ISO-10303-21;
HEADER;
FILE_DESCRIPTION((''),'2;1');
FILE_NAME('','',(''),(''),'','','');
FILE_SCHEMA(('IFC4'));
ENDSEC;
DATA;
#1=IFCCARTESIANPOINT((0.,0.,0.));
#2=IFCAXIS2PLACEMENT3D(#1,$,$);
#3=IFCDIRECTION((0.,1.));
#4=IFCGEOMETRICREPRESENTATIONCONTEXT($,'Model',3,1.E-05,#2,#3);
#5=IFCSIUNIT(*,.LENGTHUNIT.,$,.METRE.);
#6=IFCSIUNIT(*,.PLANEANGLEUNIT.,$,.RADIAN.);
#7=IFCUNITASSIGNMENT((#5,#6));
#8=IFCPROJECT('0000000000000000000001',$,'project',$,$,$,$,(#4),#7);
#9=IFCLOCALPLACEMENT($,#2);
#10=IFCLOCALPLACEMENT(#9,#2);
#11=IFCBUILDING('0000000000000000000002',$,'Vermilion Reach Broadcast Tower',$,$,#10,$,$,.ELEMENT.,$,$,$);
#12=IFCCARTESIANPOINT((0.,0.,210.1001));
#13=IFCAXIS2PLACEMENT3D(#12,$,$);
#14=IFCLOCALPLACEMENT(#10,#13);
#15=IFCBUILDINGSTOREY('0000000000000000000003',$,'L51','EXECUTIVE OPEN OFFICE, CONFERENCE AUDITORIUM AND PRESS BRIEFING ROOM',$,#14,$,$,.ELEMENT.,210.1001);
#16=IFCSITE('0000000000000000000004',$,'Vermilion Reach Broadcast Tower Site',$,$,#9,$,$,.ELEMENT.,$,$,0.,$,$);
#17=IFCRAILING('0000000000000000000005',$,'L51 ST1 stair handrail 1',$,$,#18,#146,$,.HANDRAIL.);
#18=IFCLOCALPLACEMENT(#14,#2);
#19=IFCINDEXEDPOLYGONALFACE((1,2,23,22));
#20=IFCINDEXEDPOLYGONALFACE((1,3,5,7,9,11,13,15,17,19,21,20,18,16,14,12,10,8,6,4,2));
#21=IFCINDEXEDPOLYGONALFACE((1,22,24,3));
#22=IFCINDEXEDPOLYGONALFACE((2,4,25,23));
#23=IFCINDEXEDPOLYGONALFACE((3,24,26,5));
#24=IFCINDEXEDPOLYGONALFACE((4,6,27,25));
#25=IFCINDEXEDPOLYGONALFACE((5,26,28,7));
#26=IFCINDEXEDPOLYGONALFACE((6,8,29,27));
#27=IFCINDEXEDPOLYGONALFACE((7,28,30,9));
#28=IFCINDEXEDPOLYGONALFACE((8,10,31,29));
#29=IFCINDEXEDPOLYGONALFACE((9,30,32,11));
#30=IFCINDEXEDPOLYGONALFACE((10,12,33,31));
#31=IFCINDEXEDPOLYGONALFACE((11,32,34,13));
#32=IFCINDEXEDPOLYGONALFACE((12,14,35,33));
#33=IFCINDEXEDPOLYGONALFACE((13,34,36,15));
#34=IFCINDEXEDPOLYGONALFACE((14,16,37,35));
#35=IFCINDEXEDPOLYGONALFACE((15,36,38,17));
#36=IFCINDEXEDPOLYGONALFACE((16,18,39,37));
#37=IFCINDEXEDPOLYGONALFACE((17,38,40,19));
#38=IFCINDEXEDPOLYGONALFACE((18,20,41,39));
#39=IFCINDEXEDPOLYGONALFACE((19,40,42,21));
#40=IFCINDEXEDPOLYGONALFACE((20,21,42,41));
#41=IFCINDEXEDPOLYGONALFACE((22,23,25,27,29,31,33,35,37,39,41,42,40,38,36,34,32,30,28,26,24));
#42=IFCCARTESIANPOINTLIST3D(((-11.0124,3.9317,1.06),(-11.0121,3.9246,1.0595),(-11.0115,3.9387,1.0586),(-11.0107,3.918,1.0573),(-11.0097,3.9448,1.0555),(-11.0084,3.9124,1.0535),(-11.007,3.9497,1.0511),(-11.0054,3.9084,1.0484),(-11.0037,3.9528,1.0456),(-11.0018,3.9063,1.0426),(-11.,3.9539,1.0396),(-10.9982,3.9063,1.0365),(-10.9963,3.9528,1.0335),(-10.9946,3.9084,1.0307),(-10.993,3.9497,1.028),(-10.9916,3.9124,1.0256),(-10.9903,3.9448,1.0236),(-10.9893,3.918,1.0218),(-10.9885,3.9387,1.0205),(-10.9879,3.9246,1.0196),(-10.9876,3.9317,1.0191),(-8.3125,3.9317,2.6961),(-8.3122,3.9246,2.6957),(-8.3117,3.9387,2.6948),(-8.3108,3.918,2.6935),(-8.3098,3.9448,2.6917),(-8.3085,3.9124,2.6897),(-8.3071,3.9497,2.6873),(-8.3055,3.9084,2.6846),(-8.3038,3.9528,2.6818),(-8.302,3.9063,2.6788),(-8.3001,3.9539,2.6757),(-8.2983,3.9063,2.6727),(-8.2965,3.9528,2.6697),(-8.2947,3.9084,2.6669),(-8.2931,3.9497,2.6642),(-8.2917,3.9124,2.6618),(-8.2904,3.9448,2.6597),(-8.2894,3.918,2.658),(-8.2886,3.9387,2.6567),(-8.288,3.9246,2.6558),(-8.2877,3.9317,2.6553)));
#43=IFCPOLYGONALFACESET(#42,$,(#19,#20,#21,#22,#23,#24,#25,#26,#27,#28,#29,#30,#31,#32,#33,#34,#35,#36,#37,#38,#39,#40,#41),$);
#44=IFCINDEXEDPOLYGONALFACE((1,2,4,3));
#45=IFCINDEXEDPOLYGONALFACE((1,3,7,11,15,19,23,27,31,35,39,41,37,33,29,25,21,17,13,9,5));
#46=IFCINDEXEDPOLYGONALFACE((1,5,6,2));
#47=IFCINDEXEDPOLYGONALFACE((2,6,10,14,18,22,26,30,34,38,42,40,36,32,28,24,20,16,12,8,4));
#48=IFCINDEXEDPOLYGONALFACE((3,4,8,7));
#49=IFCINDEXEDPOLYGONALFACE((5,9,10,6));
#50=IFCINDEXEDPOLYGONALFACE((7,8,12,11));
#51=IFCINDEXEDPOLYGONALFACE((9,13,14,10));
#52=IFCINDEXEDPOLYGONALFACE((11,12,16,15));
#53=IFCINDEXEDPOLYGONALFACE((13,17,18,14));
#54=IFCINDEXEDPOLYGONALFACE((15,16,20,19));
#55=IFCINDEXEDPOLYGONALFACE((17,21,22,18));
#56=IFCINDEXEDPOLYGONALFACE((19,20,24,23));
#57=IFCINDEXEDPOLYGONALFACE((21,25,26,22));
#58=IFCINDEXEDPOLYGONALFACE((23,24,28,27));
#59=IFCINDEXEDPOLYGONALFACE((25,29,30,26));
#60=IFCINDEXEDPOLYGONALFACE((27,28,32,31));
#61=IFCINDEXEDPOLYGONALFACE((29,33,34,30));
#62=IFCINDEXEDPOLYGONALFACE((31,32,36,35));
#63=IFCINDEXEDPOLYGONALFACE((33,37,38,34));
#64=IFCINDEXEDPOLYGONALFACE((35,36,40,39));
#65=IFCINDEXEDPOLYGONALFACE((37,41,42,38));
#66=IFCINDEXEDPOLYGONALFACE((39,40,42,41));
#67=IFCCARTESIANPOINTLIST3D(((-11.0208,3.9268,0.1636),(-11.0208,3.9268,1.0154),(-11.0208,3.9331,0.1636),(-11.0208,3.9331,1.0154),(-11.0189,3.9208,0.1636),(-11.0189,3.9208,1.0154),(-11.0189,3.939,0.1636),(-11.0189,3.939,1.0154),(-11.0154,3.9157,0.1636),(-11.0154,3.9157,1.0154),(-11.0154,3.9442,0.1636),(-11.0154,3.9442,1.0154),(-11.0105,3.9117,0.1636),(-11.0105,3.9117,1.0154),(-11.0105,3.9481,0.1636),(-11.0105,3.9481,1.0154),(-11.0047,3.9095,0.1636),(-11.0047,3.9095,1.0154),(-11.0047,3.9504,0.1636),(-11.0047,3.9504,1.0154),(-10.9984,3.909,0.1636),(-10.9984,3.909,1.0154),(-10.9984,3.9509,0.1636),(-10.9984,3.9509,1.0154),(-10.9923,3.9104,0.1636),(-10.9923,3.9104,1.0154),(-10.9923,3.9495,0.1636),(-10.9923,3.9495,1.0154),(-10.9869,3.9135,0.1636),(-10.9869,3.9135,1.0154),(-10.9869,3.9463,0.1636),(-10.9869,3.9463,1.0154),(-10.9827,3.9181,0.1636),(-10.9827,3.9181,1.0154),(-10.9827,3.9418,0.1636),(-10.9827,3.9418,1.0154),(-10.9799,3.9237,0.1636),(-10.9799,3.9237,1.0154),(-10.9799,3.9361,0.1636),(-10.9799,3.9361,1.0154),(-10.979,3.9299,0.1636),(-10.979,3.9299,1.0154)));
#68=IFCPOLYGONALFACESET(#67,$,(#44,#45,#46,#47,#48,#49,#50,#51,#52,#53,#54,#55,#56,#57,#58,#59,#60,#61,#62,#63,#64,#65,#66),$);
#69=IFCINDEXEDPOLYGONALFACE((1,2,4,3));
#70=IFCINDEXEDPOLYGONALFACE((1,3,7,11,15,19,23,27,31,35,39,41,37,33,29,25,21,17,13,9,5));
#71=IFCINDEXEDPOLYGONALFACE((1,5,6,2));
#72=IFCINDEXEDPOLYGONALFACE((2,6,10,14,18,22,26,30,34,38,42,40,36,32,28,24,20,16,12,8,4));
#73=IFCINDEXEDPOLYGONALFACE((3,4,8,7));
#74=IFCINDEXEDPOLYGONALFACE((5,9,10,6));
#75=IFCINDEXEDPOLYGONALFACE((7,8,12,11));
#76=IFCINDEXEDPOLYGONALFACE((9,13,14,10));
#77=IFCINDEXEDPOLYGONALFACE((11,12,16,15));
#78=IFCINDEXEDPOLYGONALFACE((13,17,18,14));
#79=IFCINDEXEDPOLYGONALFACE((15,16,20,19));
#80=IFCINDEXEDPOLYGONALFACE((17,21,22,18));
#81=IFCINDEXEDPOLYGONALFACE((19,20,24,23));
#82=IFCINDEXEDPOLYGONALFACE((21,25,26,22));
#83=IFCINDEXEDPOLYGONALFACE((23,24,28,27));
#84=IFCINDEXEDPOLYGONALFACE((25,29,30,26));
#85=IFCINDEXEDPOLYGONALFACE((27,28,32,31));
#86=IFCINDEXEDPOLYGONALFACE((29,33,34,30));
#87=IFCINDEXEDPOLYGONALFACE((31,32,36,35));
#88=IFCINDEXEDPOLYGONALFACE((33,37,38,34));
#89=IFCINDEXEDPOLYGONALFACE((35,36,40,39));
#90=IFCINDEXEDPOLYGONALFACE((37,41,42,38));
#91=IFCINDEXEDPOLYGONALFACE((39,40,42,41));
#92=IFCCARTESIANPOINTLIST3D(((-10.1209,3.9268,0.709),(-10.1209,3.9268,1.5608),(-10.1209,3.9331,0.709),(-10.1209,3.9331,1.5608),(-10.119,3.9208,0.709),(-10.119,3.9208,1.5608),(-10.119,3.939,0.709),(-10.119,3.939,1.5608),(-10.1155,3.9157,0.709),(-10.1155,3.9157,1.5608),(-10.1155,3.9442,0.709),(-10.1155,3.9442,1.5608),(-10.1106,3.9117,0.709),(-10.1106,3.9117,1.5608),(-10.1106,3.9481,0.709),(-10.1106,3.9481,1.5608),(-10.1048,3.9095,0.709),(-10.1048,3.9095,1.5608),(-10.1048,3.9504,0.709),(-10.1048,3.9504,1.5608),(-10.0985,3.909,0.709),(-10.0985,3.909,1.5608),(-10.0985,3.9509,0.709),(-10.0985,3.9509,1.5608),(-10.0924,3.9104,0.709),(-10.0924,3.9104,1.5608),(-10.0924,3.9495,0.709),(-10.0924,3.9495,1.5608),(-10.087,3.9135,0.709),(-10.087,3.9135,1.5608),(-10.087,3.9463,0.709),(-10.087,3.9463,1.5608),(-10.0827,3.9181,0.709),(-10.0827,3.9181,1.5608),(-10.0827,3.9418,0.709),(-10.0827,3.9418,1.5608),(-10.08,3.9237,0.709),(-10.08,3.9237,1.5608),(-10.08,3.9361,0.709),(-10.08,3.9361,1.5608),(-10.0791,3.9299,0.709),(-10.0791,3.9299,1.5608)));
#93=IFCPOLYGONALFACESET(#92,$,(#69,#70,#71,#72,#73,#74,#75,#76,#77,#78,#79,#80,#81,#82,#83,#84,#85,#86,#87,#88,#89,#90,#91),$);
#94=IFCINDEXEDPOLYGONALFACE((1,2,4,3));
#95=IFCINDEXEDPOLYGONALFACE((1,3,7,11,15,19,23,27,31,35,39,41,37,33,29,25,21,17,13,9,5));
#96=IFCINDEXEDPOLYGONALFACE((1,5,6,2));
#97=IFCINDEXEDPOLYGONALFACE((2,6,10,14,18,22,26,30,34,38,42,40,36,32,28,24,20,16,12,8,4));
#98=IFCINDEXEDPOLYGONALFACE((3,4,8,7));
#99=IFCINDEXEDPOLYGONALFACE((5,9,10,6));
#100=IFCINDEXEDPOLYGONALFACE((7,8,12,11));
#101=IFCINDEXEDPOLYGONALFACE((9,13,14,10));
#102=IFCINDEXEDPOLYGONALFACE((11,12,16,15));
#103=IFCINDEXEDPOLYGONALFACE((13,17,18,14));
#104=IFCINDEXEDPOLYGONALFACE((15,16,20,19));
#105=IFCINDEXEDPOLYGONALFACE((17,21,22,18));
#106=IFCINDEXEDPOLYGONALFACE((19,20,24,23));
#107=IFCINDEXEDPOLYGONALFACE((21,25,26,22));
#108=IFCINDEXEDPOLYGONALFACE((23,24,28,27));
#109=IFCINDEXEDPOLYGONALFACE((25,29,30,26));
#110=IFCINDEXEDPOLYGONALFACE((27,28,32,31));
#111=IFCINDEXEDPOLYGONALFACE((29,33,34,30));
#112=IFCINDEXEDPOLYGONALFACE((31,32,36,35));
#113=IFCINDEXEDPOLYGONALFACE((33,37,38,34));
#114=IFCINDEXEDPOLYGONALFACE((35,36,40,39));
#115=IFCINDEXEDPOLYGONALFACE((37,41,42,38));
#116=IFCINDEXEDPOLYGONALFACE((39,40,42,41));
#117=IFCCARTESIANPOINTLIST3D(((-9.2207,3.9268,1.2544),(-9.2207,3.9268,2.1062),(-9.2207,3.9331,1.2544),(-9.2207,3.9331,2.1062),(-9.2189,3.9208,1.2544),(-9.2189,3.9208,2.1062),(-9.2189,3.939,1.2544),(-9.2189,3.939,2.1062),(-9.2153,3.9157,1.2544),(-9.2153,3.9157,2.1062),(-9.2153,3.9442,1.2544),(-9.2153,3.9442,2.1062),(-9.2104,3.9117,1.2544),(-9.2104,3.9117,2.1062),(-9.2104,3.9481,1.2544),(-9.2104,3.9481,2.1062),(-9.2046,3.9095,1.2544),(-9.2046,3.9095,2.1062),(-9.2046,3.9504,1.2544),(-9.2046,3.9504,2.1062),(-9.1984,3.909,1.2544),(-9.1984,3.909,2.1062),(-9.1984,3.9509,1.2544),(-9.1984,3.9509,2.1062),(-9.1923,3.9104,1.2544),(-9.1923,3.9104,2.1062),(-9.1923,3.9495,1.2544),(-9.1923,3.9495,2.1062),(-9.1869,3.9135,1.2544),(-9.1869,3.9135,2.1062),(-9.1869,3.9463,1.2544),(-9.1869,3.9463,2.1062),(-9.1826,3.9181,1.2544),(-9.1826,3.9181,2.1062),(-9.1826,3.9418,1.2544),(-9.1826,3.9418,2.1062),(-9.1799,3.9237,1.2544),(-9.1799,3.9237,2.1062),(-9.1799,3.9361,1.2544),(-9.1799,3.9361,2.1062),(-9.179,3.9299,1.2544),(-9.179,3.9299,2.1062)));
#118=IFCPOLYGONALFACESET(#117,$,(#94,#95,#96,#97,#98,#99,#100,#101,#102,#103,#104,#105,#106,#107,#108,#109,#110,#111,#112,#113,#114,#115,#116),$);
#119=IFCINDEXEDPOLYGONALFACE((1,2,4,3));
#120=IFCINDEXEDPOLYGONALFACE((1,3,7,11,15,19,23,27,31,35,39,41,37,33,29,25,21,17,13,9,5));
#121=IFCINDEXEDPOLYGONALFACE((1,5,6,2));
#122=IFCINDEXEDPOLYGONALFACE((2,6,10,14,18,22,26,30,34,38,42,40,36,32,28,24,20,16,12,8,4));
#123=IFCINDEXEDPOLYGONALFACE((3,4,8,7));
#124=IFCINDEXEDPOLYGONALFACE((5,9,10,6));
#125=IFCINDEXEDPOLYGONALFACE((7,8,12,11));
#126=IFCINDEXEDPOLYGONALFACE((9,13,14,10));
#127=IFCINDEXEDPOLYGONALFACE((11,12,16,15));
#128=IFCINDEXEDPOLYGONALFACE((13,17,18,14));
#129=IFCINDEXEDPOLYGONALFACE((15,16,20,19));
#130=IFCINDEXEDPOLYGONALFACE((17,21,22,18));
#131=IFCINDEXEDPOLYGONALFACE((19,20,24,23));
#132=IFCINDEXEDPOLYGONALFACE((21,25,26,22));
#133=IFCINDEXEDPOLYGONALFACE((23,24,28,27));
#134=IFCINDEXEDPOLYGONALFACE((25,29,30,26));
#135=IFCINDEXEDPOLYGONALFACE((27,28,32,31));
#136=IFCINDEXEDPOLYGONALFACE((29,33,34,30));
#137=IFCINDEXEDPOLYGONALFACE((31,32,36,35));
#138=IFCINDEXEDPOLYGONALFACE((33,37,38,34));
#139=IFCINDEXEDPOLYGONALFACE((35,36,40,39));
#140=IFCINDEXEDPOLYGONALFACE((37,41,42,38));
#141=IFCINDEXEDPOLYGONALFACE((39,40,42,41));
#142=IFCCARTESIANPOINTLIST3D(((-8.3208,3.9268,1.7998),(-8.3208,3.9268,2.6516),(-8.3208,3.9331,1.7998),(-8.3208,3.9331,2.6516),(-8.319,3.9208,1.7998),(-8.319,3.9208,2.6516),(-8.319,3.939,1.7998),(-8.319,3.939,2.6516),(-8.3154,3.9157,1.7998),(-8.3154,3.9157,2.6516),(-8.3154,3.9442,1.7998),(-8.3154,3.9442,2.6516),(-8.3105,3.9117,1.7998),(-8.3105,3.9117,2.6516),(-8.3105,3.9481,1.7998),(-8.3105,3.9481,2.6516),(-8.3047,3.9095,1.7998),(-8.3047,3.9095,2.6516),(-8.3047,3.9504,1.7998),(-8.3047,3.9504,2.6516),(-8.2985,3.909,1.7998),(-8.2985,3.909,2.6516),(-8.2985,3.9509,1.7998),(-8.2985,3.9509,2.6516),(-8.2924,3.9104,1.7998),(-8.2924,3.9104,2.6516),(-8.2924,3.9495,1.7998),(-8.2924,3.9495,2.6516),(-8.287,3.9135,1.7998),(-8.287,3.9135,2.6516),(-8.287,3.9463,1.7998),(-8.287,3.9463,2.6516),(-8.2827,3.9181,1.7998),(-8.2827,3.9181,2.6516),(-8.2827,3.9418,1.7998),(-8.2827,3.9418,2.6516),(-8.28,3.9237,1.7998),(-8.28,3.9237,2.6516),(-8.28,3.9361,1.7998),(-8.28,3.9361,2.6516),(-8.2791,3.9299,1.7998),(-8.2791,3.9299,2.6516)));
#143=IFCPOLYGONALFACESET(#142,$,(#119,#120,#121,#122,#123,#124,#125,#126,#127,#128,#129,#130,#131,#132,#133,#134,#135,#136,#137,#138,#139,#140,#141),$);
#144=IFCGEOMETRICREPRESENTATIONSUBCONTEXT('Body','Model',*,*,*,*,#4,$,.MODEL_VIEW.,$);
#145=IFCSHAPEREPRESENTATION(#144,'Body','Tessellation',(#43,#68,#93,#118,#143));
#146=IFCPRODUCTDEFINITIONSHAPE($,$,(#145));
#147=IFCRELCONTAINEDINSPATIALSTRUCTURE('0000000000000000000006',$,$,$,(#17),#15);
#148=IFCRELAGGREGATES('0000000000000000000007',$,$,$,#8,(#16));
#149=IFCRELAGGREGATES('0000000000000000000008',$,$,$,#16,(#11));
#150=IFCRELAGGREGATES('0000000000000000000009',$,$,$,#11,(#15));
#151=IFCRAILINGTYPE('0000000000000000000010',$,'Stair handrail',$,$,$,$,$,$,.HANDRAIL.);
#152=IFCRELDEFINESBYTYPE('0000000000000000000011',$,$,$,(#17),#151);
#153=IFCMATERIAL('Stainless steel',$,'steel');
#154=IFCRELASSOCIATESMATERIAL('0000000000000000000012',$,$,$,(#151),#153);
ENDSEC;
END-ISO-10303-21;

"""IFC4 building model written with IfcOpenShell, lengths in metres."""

from ifc_helpers import new_model, si_unit, direction, frame, origin, origin_2d, place, context, subcontext, project, spatial, circle, extrude, material, type_object, element, save


model = new_model("IFC4")

# Units and contexts
model_context = context("Model", 3, precision=1e-05, world=origin(), true_north=direction((0.0, 1.0)))
body_context = subcontext(model_context, "Body", "Model", "MODEL_VIEW")
ifc_project = project(units=[si_unit("LENGTHUNIT", "METRE"), si_unit("PLANEANGLEUNIT", "RADIAN")], contexts=[model_context])

# Site, building, storey
site_placement = place(None, origin())
site = spatial("IfcSite", under=ifc_project, at=site_placement, Name="Vermilion Reach Broadcast Tower Site", CompositionType="ELEMENT", RefElevation=0.0)
building_placement = place(site_placement, origin())
building = spatial("IfcBuilding", under=site, at=building_placement, Name="Vermilion Reach Broadcast Tower", CompositionType="ELEMENT")
storey_placement = place(building_placement, frame((0.0, 0.0, 210.1001)))
storey = spatial("IfcBuildingStorey", under=building, at=storey_placement, Name="L51", Description="EXECUTIVE OPEN OFFICE, CONFERENCE AUDITORIUM AND PRESS BRIEFING ROOM", CompositionType="ELEMENT", Elevation=210.1001)

# Railing
ifc_material_1 = material(Name="Stainless steel", Category="steel")
railing_type_1 = type_object("IfcRailingType", Name="Stair handrail", PredefinedType="HANDRAIL", material=ifc_material_1)
railing_1_placement = place(storey_placement, frame((-11.0, 3.9299, 0.1636)))
element("IfcRailing", 1, at=railing_1_placement, inside=storey, type_object=railing_type_1, Name="L51 ST1 stair handrail 1", PredefinedType="HANDRAIL", context=body_context, shape_type="SweptSolid", body=[
    extrude(circle(Radius=0.0239, at=origin_2d()), frame((0.0, 0.0, 0.876), z_axis=(0.855212, 0.0, 0.518278), x_axis=(0.0, 1.0, 0.0)), (0.0, 0.0, 1.0), 3.157),
    extrude(circle(Radius=0.021, at=origin_2d()), origin(), (0.0, 0.0, 1.0), 0.8518),
    extrude(circle(Radius=0.021, at=origin_2d()), frame((0.8999, 0.0, 0.5454)), (0.0, 0.0, 1.0), 0.8518),
    extrude(circle(Radius=0.021, at=origin_2d()), frame((1.8, 0.0, 1.0908)), (0.0, 0.0, 1.0), 0.8518),
    extrude(circle(Radius=0.021, at=origin_2d()), frame((2.7, 0.0, 1.6362)), (0.0, 0.0, 1.0), 0.8518),
])

save(model, "model.ifc")
